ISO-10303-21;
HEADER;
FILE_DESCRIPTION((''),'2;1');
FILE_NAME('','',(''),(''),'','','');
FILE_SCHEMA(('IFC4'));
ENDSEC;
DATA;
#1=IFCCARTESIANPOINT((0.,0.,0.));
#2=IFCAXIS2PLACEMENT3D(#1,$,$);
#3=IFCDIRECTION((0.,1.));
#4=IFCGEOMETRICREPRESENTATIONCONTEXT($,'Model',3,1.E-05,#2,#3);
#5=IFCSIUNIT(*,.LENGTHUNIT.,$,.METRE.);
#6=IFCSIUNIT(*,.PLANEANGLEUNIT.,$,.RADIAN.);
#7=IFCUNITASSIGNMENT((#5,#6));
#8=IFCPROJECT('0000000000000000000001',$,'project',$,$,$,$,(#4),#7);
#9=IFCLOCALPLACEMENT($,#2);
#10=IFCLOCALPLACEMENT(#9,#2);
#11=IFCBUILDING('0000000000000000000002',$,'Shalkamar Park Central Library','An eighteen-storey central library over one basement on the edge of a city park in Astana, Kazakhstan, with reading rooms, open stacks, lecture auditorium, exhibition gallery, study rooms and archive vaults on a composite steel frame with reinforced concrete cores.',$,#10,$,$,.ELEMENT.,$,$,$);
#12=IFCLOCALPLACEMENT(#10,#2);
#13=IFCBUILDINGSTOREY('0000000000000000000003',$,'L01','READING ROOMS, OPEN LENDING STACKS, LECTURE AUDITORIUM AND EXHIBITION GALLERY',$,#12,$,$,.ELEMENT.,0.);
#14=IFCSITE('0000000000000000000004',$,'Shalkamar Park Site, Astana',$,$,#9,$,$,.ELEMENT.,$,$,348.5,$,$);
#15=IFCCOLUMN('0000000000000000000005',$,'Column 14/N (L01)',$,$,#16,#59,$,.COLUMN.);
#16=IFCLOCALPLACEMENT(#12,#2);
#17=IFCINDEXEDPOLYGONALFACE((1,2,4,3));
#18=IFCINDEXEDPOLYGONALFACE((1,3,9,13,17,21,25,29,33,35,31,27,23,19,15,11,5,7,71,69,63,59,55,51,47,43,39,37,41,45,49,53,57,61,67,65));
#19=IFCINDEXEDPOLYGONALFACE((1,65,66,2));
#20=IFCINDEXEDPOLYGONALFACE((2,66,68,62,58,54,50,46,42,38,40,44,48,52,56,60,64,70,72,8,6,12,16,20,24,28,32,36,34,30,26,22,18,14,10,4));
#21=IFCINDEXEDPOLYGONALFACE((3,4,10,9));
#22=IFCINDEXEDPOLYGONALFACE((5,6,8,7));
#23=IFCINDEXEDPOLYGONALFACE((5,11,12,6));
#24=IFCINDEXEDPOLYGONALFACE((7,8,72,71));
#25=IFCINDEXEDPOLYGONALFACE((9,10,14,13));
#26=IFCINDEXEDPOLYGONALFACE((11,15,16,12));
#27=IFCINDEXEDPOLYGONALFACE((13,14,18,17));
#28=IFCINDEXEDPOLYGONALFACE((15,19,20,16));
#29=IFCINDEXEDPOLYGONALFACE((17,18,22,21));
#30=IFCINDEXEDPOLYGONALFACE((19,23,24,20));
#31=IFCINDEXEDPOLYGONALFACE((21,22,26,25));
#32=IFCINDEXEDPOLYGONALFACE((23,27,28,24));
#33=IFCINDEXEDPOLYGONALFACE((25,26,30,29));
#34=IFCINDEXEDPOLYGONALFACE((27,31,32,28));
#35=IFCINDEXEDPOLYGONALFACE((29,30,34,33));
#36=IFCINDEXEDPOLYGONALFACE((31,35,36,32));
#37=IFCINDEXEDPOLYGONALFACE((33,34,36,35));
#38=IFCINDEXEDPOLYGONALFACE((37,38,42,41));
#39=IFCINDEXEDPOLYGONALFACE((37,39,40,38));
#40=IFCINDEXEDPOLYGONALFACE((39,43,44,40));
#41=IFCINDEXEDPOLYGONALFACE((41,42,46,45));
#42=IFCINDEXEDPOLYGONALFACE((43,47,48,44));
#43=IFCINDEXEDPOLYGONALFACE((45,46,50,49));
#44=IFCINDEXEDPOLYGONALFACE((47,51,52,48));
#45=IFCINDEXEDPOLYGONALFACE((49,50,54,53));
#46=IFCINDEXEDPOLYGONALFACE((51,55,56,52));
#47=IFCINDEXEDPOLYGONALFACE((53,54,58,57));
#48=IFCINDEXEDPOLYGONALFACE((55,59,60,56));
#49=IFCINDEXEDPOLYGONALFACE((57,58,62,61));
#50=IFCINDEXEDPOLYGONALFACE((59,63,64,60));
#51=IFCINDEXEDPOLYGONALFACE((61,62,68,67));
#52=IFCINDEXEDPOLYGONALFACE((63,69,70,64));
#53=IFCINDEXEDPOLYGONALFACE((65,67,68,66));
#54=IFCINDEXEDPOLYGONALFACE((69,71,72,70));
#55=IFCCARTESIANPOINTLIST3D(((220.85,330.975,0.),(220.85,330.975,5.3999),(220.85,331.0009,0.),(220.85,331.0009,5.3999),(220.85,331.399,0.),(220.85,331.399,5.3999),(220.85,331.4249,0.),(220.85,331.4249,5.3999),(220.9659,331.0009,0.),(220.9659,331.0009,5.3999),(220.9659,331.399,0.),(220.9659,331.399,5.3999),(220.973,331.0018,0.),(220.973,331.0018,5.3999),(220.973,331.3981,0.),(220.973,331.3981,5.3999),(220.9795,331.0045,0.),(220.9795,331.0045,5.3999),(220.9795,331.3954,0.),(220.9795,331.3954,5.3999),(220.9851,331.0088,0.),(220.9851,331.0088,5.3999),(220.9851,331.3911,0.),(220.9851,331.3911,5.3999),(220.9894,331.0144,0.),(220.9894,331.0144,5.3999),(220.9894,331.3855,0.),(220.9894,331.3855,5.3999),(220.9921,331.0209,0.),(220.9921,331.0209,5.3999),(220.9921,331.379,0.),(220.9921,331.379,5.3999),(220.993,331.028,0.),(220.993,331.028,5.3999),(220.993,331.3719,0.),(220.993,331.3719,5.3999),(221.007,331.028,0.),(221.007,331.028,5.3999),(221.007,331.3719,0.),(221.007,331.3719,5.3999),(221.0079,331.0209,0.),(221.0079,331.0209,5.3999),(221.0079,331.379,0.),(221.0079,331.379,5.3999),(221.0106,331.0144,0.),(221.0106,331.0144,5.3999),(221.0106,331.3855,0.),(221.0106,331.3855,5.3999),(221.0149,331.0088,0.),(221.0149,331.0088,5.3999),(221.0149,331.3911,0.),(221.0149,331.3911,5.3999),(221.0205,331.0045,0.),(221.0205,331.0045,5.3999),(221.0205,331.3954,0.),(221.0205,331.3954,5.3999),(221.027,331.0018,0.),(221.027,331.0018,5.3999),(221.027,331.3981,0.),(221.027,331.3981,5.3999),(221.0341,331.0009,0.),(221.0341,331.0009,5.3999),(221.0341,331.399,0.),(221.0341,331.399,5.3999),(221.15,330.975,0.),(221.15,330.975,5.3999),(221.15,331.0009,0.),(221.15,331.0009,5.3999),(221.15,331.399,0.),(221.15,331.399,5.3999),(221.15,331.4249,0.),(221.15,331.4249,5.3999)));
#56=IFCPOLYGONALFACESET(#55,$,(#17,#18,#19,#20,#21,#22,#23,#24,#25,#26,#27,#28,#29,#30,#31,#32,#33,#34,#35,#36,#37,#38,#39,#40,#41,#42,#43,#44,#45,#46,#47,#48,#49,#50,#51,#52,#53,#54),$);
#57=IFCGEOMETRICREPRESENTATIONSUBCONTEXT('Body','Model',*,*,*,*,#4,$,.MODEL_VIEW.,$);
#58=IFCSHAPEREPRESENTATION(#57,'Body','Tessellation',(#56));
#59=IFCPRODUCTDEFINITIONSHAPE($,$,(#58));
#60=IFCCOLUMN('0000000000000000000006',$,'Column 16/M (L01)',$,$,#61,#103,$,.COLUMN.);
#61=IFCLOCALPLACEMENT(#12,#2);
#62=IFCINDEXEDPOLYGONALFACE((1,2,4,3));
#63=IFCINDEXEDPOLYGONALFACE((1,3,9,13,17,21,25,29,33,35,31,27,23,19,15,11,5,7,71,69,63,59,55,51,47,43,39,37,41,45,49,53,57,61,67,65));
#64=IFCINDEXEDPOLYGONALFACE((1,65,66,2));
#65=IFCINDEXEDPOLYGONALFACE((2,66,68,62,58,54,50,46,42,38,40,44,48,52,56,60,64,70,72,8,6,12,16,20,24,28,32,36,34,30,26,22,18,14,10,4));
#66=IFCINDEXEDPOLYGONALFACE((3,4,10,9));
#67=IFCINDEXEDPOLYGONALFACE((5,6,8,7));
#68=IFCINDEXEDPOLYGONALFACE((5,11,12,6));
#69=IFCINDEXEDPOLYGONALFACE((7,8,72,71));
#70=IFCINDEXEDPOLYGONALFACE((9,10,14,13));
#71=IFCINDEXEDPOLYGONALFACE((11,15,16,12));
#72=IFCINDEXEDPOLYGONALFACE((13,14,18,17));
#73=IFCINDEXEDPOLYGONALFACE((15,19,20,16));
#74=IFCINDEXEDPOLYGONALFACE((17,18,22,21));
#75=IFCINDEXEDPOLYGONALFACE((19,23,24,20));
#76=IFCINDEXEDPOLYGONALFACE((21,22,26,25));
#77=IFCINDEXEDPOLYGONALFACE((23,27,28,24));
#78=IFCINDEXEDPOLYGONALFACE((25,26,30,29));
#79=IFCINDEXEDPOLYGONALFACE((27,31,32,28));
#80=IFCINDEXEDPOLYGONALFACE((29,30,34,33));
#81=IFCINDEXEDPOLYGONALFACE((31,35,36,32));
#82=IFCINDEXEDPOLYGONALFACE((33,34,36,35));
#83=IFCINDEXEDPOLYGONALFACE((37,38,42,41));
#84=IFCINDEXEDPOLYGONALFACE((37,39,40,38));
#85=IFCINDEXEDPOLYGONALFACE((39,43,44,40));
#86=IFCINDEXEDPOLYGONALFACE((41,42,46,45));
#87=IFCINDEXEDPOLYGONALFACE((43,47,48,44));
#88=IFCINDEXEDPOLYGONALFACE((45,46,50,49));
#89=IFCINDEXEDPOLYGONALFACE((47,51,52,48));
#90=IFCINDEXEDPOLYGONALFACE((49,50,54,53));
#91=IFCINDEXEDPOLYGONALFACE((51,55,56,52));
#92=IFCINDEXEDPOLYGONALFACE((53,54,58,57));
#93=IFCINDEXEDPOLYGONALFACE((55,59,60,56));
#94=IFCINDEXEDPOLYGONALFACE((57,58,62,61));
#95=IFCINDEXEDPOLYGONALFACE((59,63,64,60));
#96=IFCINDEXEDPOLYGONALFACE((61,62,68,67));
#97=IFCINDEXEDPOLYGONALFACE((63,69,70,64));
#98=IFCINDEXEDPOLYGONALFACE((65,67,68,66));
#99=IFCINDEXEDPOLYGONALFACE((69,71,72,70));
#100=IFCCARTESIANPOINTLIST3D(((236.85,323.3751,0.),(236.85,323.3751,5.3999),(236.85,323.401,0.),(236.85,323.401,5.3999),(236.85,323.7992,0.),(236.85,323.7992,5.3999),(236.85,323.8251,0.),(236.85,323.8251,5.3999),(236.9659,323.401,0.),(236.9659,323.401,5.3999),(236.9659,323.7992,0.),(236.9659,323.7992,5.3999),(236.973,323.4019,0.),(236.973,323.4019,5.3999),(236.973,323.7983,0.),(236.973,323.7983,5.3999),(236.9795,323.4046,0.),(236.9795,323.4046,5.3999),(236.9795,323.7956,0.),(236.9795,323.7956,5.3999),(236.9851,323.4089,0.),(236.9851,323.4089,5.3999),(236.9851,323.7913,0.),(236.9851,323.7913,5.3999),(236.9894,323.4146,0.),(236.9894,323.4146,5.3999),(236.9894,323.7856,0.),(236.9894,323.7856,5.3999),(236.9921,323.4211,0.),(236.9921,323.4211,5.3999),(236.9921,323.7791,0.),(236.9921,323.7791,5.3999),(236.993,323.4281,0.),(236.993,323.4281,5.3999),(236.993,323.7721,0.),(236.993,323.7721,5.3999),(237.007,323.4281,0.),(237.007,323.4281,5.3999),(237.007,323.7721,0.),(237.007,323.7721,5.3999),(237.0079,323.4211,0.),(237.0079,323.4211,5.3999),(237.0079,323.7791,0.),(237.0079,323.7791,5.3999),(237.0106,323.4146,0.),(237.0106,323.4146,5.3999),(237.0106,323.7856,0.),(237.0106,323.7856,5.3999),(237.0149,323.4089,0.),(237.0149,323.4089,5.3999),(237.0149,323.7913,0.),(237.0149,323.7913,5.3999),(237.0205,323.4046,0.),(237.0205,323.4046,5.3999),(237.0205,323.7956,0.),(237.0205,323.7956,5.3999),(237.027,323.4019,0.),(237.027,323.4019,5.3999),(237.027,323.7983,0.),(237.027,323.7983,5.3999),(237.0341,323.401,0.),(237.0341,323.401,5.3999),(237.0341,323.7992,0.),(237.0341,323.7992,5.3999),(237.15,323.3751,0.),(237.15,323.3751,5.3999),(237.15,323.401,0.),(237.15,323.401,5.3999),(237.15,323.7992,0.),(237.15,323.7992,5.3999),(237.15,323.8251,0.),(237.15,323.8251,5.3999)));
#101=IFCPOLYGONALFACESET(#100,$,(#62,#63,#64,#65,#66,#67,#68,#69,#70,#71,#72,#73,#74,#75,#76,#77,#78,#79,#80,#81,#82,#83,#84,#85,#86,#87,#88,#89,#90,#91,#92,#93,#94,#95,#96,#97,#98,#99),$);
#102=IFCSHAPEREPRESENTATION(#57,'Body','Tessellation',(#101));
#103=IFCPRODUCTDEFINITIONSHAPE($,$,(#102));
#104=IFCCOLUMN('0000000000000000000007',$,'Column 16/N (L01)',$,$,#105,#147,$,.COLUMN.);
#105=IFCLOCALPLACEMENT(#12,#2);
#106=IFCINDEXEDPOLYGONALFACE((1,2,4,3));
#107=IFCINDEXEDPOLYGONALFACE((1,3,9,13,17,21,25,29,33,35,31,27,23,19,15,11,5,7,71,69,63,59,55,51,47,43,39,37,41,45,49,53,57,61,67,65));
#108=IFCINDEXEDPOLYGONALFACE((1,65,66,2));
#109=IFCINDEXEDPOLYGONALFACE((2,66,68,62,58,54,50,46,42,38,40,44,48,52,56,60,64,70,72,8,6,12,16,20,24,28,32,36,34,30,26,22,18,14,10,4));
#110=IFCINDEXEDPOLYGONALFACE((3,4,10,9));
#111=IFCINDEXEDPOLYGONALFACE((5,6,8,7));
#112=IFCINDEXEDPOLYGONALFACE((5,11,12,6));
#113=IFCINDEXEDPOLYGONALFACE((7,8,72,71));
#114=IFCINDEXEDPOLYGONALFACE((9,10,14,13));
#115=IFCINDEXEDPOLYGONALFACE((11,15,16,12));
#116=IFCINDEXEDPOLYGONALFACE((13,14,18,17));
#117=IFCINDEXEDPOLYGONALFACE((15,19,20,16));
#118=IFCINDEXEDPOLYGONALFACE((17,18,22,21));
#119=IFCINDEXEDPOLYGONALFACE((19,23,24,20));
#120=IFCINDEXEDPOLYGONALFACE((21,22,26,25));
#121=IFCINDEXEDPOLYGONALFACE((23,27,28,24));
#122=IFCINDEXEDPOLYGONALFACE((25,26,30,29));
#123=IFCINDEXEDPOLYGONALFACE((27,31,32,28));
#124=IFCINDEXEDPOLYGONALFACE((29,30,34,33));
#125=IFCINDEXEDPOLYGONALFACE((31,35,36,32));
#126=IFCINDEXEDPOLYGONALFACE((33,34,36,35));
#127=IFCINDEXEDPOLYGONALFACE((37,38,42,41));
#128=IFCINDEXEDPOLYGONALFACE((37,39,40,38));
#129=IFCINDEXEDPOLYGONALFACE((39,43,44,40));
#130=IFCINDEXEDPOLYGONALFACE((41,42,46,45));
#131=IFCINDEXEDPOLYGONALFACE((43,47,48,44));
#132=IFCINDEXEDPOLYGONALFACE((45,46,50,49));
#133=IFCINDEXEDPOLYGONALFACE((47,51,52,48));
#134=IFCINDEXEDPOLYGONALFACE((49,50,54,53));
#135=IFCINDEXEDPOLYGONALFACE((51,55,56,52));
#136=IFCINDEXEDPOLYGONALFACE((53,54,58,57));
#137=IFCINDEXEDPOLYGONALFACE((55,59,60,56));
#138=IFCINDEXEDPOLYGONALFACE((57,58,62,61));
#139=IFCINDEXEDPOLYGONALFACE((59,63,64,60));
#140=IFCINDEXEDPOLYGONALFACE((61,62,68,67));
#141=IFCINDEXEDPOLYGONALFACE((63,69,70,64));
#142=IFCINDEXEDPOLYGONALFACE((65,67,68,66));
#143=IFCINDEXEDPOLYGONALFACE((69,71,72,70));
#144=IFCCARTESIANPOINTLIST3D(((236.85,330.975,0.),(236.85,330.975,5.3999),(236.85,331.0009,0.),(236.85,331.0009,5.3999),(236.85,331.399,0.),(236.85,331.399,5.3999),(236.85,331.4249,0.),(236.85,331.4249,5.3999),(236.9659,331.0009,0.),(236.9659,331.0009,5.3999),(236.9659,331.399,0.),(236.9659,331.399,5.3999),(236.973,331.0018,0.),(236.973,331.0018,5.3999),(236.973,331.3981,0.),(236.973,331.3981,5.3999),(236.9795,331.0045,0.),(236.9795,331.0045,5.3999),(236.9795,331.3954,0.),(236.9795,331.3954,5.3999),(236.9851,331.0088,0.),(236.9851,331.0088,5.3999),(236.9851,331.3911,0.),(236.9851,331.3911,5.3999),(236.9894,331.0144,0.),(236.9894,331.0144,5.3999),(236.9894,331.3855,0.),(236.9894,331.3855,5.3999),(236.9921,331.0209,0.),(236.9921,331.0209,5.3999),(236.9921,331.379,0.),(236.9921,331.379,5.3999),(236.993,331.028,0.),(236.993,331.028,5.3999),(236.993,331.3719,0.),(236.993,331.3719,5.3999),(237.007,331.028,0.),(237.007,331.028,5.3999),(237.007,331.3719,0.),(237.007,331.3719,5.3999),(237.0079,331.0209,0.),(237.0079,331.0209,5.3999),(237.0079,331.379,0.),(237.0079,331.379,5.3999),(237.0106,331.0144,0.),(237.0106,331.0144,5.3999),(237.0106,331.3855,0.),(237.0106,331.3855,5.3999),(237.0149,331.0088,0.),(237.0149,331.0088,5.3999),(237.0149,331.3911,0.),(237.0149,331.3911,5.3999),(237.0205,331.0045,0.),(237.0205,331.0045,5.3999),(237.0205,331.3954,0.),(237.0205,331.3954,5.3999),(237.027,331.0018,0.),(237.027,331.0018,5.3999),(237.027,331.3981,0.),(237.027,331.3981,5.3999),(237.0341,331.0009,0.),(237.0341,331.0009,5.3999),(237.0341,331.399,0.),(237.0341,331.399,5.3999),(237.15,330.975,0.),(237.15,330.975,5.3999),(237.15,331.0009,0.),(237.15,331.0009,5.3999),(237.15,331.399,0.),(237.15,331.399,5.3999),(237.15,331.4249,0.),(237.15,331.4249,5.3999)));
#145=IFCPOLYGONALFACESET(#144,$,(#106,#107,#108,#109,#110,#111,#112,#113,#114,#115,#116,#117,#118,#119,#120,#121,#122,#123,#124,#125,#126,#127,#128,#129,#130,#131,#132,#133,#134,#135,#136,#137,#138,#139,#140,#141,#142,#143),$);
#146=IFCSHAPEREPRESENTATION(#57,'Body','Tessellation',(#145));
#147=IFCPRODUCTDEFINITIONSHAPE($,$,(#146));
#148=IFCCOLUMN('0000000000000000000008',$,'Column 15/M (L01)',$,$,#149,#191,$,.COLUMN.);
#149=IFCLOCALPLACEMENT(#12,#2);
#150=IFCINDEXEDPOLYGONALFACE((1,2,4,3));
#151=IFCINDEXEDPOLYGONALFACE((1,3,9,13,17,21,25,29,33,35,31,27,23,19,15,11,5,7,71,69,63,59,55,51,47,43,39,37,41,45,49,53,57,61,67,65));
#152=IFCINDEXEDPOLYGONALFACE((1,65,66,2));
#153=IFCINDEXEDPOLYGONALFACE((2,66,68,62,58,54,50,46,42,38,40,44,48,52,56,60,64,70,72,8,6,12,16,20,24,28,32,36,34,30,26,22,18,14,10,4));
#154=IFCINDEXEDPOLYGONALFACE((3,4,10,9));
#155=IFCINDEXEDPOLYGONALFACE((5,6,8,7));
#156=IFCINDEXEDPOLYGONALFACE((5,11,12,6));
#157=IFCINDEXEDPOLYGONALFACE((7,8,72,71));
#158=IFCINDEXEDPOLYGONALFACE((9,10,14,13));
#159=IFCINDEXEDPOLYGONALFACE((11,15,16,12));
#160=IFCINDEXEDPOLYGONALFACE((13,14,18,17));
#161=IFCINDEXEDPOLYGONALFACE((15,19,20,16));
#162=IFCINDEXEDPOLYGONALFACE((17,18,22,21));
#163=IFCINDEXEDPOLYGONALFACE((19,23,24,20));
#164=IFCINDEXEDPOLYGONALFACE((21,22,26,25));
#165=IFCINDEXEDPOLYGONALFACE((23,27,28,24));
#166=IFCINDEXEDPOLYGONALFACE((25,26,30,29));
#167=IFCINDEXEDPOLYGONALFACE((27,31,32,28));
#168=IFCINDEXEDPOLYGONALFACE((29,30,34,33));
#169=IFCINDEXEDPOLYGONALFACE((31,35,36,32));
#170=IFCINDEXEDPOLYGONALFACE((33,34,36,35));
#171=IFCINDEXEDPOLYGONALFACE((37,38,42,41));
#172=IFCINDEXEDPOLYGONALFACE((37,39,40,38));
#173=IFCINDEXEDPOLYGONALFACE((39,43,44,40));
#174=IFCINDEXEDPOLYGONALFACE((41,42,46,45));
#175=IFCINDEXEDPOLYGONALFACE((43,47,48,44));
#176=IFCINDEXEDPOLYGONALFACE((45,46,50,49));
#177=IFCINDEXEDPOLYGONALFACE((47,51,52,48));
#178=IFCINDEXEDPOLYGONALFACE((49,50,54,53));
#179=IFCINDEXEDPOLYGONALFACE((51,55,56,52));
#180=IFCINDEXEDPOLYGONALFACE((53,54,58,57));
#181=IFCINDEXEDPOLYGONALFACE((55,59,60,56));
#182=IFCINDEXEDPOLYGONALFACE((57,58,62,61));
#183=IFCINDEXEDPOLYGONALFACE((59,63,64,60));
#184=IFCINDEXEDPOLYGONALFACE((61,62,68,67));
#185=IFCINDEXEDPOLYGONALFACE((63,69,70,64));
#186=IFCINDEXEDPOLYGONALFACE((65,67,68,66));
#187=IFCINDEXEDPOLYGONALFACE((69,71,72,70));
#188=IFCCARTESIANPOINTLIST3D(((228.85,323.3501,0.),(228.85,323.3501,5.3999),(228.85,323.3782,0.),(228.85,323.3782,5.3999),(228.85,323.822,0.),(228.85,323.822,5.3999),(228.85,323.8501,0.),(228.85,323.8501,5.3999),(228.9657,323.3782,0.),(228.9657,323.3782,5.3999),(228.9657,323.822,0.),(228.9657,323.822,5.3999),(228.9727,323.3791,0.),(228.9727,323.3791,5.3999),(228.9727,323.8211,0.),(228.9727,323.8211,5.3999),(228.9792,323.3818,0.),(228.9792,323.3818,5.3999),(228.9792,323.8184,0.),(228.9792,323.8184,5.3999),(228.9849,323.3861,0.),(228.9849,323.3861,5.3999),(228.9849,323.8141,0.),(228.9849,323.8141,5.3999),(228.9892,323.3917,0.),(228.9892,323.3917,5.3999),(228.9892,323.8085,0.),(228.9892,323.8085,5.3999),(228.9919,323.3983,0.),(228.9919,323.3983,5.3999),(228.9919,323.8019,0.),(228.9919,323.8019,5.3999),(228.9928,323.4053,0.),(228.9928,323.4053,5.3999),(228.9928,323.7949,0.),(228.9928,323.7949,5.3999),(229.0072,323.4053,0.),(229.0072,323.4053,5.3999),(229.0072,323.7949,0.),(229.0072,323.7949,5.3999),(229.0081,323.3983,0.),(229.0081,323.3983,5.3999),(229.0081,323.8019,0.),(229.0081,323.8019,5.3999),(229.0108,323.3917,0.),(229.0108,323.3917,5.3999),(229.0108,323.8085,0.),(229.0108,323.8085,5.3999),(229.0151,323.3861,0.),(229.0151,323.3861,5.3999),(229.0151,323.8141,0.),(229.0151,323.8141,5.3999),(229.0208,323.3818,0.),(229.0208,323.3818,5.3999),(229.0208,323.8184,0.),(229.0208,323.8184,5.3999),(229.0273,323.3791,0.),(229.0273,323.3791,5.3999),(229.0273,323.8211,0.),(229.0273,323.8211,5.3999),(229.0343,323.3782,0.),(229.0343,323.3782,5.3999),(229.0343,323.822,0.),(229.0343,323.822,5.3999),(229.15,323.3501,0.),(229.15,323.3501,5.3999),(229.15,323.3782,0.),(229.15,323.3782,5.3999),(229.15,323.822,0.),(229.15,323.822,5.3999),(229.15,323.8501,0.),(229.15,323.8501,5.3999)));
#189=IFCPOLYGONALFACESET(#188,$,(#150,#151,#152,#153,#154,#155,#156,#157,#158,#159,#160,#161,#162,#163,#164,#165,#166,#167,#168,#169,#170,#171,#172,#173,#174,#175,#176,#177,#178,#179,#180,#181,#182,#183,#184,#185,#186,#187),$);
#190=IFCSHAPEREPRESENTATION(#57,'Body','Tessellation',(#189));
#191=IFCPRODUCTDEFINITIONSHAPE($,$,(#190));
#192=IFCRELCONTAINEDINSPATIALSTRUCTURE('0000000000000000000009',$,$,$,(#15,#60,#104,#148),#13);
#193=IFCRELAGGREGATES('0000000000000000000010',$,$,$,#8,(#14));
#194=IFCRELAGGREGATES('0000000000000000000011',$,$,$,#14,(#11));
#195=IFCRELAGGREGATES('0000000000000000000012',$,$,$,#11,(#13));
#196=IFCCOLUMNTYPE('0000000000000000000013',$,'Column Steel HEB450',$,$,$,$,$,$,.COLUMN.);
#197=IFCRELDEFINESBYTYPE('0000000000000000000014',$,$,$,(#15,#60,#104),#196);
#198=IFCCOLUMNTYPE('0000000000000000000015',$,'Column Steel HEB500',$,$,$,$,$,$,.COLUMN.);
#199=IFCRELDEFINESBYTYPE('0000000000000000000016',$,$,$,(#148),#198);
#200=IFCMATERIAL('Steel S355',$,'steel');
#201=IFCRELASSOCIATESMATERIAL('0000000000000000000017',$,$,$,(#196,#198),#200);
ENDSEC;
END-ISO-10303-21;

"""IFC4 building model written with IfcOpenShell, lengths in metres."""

from ifc_helpers import new_model, si_unit, direction, frame, origin, origin_2d, place, context, subcontext, project, spatial, i_section, extrude, material, material_profile, profile_set, type_object, element, save


model = new_model("IFC4")

# Units and contexts
model_context = context("Model", 3, precision=1e-05, world=origin(), true_north=direction((0.0, 1.0)))
body_context = subcontext(model_context, "Body", "Model", "MODEL_VIEW")
ifc_project = project(units=[si_unit("LENGTHUNIT", "METRE"), si_unit("PLANEANGLEUNIT", "RADIAN")], contexts=[model_context])

# Site, building, storey
site_placement = place(None, origin())
site = spatial("IfcSite", under=ifc_project, at=site_placement, Name="Shalkamar Park Site, Astana", CompositionType="ELEMENT", RefElevation=348.5)
building_placement = place(site_placement, origin())
building = spatial("IfcBuilding", under=site, at=building_placement, Name="Shalkamar Park Central Library", Description="An eighteen-storey central library over one basement on the edge of a city park in Astana, Kazakhstan, with reading rooms, open stacks, lecture auditorium, exhibition gallery, study rooms and archive vaults on a composite steel frame with reinforced concrete cores.", CompositionType="ELEMENT")
storey_placement = place(building_placement, origin())
storey = spatial("IfcBuildingStorey", under=building, at=storey_placement, Name="L01", Description="READING ROOMS, OPEN LENDING STACKS, LECTURE AUDITORIUM AND EXHIBITION GALLERY", CompositionType="ELEMENT", Elevation=0.0)

# Columns
ifc_material = material(Name="Steel S355", Category="steel")
ifc_material_profile_1 = material_profile(ifc_material, i_section(OverallWidth=0.3, OverallDepth=0.45, WebThickness=0.0139, FlangeThickness=0.0259, FilletRadius=0.0271, at=origin_2d()), Name="HEB 450")
ifc_profile_set_1 = profile_set([ifc_material_profile_1], Name="Steel S355")
column_type_1 = type_object("IfcColumnType", Name="Column Steel HEB450", PredefinedType="COLUMN", material=ifc_profile_set_1)
for number, where, z_axis, x_axis, name in (
    (1, (221.0, 331.2, 0.0), (0.0, 0.0, 1.0), (1.0, 0.0, 0.0), "Column 14/N (L01)"),
    (2, (237.0, 323.6001, 0.0), (0.0, 0.0, 1.0), (1.0, 0.0, 0.0), "Column 16/M (L01)"),
    (3, (237.0, 331.2, 0.0), (0.0, 0.0, 1.0), (1.0, 0.0, 0.0), "Column 16/N (L01)"),
):
    element("IfcColumn", number, at=place(storey_placement, frame(where, z_axis=z_axis, x_axis=x_axis)), inside=storey, type_object=column_type_1, Name=name, PredefinedType="COLUMN", context=body_context, shape_type="SweptSolid", body=[
        extrude(i_section(OverallWidth=0.3, OverallDepth=0.45, WebThickness=0.0139, FlangeThickness=0.0259, FilletRadius=0.0271, at=origin_2d()), origin(), (0.0, 0.0, 1.0), 5.3999),
    ])
ifc_material_profile_2 = material_profile(ifc_material, i_section(OverallWidth=0.3, OverallDepth=0.5, WebThickness=0.0144, FlangeThickness=0.0281, FilletRadius=0.0271, at=origin_2d()), Name="HEB 500")
ifc_profile_set_2 = profile_set([ifc_material_profile_2], Name="Steel S355")
column_type_2 = type_object("IfcColumnType", Name="Column Steel HEB500", PredefinedType="COLUMN", material=ifc_profile_set_2)
for number, where, z_axis, x_axis, name in (
    (4, (229.0, 323.6001, 0.0), (0.0, 0.0, 1.0), (1.0, 0.0, 0.0), "Column 15/M (L01)"),
):
    element("IfcColumn", number, at=place(storey_placement, frame(where, z_axis=z_axis, x_axis=x_axis)), inside=storey, type_object=column_type_2, Name=name, PredefinedType="COLUMN", context=body_context, shape_type="SweptSolid", body=[
        extrude(i_section(OverallWidth=0.3, OverallDepth=0.5, WebThickness=0.0144, FlangeThickness=0.0281, FilletRadius=0.0271, at=origin_2d()), origin(), (0.0, 0.0, 1.0), 5.3999),
    ])

save(model, "model.ifc")
